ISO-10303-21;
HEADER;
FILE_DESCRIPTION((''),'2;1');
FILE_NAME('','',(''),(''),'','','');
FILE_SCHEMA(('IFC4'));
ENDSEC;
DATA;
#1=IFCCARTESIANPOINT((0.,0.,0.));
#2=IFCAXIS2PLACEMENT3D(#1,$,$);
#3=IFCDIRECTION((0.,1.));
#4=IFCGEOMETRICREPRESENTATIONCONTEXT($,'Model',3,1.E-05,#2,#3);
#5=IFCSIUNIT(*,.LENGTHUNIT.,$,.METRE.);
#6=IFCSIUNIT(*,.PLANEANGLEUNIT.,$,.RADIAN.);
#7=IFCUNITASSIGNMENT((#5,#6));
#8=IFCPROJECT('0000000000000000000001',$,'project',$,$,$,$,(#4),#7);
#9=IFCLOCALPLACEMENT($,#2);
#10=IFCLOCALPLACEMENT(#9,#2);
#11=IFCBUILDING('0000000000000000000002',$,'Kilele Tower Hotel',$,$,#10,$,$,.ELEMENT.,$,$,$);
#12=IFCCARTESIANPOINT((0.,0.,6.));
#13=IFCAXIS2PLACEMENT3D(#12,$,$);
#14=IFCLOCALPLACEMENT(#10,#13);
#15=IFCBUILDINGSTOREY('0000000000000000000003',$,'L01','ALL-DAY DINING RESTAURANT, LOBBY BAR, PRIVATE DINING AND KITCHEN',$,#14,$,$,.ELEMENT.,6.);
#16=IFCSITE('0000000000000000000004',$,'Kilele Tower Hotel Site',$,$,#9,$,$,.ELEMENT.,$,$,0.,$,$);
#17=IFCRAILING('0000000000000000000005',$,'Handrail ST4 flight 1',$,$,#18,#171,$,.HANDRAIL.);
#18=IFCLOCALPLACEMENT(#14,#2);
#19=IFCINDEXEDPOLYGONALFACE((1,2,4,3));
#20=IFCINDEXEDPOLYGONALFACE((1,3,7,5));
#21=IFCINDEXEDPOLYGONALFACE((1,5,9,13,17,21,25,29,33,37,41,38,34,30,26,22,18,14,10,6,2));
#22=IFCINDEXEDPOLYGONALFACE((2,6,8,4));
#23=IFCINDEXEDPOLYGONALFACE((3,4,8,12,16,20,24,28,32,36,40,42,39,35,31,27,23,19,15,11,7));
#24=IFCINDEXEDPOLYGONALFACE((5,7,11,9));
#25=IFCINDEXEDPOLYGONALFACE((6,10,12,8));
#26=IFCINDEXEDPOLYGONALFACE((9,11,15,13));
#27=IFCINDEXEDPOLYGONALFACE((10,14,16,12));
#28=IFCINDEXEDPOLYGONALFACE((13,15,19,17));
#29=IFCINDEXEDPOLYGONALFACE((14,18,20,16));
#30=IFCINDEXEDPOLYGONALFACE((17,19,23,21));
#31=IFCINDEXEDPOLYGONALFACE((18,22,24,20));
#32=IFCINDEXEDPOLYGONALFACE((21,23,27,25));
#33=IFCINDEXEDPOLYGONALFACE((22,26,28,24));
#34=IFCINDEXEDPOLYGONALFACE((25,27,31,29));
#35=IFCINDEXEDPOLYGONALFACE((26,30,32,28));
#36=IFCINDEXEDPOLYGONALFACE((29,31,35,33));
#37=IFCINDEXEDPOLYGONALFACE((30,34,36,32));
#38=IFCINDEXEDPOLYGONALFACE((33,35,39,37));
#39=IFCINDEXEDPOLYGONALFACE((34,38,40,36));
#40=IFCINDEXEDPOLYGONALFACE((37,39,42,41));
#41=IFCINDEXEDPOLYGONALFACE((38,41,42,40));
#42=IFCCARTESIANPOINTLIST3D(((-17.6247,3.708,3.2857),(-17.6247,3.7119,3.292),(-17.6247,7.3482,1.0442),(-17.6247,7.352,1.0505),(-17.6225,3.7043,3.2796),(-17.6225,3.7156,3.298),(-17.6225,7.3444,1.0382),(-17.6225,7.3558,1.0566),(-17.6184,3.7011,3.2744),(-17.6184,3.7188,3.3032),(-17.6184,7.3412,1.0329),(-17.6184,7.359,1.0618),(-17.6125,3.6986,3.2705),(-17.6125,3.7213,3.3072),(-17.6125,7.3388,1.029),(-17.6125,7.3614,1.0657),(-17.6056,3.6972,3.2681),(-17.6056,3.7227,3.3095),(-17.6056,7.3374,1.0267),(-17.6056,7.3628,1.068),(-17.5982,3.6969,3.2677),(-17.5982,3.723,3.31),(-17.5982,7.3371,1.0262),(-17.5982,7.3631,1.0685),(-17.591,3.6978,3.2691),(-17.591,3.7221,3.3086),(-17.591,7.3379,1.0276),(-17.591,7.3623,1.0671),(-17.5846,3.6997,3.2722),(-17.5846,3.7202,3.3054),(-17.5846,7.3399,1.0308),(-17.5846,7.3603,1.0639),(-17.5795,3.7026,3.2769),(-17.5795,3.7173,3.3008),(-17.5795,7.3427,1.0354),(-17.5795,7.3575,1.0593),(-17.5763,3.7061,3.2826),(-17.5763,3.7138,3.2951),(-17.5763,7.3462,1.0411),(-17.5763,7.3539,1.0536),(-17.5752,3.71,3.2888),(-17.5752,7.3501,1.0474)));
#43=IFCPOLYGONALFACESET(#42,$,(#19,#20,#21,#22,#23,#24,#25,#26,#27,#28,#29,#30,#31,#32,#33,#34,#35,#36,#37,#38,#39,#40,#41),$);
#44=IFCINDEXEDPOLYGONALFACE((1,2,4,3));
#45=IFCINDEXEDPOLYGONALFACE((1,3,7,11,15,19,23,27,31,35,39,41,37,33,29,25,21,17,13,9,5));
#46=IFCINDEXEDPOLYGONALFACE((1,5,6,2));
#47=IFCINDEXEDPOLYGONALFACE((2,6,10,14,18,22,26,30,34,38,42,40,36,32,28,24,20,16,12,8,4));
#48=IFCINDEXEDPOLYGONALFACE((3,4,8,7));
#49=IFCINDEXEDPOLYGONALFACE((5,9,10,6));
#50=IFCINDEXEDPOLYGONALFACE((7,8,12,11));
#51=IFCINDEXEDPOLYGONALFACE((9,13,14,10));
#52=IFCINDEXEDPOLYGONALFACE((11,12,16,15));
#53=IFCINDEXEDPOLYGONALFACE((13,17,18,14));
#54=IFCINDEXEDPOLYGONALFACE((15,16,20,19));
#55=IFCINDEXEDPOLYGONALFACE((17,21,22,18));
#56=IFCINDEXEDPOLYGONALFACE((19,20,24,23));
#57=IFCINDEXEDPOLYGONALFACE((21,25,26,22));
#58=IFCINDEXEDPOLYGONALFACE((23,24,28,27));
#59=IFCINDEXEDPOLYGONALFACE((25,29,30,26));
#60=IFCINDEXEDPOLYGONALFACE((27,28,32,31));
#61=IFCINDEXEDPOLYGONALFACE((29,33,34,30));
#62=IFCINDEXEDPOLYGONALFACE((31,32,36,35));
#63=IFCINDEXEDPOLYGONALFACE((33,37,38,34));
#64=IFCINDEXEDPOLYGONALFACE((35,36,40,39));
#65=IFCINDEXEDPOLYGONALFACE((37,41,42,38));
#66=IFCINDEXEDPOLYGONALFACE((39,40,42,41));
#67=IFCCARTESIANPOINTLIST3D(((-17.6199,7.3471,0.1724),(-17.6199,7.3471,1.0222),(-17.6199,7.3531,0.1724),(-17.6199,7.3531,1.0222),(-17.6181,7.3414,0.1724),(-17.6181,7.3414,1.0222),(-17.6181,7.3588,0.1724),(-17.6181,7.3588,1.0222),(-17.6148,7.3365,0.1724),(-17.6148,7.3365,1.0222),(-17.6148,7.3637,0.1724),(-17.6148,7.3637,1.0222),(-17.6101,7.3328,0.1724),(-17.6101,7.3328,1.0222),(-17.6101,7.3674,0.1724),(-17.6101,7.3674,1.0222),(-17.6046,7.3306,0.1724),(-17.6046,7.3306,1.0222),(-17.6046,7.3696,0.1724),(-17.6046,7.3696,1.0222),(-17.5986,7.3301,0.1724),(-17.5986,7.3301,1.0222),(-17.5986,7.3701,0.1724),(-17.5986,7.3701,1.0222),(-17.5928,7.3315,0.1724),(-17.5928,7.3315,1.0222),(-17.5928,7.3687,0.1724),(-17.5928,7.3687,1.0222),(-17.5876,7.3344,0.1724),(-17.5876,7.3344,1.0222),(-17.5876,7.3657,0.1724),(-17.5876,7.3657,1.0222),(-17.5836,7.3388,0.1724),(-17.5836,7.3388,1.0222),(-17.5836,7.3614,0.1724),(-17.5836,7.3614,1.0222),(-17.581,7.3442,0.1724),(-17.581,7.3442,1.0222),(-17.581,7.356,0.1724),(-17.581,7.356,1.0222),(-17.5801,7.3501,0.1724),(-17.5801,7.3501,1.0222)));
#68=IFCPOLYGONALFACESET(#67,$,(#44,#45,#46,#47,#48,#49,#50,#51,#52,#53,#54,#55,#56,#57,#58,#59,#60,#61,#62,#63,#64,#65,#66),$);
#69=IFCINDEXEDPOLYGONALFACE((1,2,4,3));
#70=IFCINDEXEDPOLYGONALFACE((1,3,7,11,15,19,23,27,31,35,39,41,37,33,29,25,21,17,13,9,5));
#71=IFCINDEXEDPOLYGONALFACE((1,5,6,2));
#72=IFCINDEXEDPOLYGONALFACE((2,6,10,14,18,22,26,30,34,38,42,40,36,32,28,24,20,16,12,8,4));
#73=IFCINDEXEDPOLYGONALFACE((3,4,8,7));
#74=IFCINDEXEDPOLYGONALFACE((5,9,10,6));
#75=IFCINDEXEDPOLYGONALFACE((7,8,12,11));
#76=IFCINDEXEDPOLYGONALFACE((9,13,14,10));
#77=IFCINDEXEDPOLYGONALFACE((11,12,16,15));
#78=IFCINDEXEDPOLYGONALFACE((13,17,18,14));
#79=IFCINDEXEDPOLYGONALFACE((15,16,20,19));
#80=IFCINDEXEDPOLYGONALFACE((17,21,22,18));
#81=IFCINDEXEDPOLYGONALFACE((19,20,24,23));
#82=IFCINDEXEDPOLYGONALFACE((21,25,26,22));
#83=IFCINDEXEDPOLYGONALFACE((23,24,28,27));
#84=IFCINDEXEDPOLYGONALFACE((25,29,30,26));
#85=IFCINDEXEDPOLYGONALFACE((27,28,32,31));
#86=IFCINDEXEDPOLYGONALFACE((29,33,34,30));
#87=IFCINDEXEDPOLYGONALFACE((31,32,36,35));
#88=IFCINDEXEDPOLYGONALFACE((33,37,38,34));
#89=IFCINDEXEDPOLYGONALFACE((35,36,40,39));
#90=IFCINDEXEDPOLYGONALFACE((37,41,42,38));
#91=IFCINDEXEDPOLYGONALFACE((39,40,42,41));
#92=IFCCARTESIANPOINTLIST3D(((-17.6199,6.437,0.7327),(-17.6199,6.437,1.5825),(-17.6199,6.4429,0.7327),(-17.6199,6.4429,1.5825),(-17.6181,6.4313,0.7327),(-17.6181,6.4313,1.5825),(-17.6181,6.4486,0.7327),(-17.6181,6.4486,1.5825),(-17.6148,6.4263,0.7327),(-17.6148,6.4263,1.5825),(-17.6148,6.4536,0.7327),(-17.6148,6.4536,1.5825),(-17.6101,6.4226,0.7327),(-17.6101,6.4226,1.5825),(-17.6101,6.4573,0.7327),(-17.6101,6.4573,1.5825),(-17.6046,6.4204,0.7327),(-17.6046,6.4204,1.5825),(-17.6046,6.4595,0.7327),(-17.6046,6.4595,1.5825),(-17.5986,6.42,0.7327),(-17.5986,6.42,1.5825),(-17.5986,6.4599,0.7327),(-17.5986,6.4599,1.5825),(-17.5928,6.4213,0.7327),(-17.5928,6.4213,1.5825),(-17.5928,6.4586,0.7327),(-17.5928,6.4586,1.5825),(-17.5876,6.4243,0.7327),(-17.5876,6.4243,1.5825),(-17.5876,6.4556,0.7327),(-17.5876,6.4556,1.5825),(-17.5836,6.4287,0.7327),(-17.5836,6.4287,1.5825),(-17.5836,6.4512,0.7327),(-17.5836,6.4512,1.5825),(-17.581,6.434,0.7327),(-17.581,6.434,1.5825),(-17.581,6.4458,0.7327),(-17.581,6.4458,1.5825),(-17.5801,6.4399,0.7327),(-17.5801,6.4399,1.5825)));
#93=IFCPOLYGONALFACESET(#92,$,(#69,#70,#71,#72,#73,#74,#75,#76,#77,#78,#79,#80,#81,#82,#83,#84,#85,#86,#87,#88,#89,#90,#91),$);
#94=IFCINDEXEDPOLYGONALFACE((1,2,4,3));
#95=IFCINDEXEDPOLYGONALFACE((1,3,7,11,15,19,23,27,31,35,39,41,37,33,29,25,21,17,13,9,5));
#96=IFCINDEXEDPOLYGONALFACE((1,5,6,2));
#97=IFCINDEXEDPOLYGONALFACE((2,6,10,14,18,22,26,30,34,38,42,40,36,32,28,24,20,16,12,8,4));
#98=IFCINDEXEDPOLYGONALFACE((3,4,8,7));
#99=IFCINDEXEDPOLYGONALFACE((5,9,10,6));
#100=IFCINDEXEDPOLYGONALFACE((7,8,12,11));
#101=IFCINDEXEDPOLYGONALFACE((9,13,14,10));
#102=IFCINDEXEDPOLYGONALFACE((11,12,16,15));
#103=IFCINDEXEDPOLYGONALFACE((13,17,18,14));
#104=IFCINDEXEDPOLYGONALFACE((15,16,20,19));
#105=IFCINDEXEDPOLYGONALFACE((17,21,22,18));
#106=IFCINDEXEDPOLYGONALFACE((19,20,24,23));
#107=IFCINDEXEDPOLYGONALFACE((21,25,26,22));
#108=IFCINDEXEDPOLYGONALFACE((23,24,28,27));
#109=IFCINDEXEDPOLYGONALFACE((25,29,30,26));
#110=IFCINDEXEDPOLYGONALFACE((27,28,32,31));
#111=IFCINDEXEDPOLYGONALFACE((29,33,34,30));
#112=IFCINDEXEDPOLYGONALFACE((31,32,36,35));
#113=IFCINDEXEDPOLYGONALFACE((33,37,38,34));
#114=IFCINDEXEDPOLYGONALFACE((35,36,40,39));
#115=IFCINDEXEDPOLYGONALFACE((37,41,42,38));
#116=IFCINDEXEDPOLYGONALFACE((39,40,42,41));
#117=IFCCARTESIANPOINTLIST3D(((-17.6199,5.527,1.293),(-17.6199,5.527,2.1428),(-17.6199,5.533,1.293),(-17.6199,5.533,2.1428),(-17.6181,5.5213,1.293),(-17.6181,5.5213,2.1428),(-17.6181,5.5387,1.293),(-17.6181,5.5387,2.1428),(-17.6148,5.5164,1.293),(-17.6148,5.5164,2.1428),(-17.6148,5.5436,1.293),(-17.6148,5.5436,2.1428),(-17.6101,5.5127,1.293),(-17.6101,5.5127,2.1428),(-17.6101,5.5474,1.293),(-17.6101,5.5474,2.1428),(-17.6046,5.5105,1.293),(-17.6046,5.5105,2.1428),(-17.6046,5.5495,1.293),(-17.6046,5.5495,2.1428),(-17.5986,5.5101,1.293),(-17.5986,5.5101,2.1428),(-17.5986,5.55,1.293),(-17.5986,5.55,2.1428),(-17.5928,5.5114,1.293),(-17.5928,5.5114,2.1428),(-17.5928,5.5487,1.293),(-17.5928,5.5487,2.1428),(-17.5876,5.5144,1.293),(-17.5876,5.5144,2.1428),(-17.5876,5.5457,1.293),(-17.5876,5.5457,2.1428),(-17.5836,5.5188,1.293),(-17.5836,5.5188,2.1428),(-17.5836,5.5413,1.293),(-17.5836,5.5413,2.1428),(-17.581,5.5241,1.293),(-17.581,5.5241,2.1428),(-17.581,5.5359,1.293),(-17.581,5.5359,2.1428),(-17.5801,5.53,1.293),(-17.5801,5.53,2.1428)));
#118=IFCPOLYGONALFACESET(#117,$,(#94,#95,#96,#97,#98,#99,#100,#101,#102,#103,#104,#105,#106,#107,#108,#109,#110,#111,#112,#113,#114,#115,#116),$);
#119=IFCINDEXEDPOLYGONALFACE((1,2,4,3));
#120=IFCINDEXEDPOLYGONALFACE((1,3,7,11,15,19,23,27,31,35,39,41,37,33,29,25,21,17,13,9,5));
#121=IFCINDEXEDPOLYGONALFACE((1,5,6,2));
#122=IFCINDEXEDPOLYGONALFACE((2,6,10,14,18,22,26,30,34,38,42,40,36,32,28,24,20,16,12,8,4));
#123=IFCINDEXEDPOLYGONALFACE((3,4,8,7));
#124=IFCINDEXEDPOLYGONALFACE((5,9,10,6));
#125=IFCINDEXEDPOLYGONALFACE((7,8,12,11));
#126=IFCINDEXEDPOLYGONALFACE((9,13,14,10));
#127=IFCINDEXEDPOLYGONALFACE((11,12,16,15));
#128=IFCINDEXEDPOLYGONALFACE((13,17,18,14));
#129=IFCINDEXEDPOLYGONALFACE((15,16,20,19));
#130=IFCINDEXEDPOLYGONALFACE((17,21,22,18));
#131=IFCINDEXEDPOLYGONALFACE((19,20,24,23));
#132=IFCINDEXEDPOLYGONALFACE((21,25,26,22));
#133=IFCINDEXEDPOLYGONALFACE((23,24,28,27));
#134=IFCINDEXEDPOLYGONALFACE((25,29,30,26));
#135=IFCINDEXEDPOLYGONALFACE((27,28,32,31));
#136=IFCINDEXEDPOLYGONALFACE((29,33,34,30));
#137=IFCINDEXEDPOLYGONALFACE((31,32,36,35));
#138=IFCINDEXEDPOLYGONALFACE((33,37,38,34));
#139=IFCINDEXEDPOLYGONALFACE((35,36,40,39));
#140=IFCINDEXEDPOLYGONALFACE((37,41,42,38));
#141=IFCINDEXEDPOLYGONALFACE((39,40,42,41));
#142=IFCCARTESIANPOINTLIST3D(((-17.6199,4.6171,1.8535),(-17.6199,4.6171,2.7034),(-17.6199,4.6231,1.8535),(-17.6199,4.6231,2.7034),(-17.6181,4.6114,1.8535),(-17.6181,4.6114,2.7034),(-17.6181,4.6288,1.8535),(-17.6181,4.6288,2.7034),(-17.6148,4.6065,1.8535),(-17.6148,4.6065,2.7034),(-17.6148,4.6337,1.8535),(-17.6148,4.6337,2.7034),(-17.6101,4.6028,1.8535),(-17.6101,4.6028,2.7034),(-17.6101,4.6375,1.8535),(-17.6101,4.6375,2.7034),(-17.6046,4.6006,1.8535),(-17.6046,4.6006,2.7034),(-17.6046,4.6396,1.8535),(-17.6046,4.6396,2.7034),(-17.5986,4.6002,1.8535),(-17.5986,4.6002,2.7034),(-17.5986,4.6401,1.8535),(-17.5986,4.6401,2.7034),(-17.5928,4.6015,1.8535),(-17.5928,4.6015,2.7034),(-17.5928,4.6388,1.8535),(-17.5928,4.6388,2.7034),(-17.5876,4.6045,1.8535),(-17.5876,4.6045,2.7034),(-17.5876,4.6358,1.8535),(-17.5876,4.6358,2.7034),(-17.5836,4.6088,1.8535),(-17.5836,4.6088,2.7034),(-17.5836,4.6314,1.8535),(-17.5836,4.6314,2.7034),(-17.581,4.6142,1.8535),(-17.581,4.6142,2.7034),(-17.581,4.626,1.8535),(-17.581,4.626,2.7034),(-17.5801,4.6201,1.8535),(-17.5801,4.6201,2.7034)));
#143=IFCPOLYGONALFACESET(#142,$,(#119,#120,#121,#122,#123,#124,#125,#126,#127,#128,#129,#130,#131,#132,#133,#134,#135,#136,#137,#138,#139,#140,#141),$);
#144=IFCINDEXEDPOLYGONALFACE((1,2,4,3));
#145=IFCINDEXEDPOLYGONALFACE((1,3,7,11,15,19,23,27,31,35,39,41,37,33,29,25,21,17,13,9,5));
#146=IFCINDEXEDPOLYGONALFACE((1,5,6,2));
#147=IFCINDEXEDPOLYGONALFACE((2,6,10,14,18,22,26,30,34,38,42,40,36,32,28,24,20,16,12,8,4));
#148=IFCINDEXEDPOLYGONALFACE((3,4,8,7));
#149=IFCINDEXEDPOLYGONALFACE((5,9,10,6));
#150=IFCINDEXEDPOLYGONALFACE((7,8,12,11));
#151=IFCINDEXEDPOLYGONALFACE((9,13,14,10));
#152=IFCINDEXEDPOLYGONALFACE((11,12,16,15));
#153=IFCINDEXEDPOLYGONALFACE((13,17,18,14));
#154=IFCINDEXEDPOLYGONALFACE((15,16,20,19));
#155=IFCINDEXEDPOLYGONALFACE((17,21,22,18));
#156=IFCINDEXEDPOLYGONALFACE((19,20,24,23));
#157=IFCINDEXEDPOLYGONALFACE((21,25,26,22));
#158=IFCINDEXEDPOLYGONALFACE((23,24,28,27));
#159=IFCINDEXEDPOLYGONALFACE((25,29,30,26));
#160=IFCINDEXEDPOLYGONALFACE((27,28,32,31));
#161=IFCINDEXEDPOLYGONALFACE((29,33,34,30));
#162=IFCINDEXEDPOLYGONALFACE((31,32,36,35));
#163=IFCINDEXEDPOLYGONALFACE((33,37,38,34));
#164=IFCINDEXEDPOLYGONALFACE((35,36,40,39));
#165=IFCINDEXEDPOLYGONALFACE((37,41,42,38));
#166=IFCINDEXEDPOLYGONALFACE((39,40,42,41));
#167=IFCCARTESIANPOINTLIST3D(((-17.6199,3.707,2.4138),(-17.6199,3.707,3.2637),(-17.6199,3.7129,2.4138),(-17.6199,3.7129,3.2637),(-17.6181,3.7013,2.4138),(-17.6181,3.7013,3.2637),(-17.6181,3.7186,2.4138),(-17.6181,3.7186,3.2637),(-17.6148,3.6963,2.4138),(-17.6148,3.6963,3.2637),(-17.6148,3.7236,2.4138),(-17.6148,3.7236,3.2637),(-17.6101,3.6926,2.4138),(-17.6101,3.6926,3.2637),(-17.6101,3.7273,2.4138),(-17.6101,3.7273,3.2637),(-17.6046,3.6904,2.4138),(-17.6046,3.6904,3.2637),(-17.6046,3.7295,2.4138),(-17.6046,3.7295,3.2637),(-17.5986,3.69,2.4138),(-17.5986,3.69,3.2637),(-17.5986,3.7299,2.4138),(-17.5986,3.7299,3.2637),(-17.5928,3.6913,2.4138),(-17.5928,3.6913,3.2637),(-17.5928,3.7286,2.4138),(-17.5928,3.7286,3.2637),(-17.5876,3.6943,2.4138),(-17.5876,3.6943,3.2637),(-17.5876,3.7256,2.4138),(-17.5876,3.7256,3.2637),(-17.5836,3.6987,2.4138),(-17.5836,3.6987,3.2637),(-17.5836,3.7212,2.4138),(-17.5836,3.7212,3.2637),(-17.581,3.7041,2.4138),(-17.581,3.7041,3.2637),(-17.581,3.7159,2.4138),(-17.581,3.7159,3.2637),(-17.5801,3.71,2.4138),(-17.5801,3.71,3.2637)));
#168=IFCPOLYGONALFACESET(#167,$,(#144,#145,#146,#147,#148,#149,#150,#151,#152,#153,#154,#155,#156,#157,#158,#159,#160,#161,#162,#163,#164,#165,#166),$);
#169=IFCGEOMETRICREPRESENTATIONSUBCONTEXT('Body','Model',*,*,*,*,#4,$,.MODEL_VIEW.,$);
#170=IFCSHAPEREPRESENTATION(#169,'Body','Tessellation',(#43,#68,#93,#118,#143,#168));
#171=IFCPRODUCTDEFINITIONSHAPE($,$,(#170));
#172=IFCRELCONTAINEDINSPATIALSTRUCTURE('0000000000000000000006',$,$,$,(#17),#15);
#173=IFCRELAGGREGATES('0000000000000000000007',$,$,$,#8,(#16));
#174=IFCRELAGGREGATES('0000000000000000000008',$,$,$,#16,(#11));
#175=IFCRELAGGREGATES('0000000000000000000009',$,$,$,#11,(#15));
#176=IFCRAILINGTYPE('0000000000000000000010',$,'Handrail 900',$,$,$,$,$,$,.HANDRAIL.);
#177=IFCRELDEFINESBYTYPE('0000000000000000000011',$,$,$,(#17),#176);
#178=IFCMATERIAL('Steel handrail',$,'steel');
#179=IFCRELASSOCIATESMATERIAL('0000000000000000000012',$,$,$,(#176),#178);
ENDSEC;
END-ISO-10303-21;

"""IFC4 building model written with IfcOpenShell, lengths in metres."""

from ifc_helpers import new_model, si_unit, direction, frame, origin, origin_2d, place, context, subcontext, project, spatial, circle, extrude, material, type_object, element, save


model = new_model("IFC4")

# Units and contexts
model_context = context("Model", 3, precision=1e-05, world=origin(), true_north=direction((0.0, 1.0)))
body_context = subcontext(model_context, "Body", "Model", "MODEL_VIEW")
ifc_project = project(units=[si_unit("LENGTHUNIT", "METRE"), si_unit("PLANEANGLEUNIT", "RADIAN")], contexts=[model_context])

# Site, building, storey
site_placement = place(None, origin())
site = spatial("IfcSite", under=ifc_project, at=site_placement, Name="Kilele Tower Hotel Site", CompositionType="ELEMENT", RefElevation=0.0)
building_placement = place(site_placement, origin())
building = spatial("IfcBuilding", under=site, at=building_placement, Name="Kilele Tower Hotel", CompositionType="ELEMENT")
storey_placement = place(building_placement, frame((0.0, 0.0, 6.0)))
storey = spatial("IfcBuildingStorey", under=building, at=storey_placement, Name="L01", Description="ALL-DAY DINING RESTAURANT, LOBBY BAR, PRIVATE DINING AND KITCHEN", CompositionType="ELEMENT", Elevation=6.0)

# Railing
ifc_material_1 = material(Name="Steel handrail", Category="steel")
railing_type_1 = type_object("IfcRailingType", Name="Handrail 900", PredefinedType="HANDRAIL", material=ifc_material_1)
for number, where, name in (
    (1, (-17.6001, 7.3501, 0.1724), "Handrail ST4 flight 1"),
):
    element("IfcRailing", number, at=place(storey_placement, frame(where)), inside=storey, type_object=railing_type_1, Name=name, PredefinedType="HANDRAIL", context=body_context, shape_type="SweptSolid", body=[
        extrude(circle(Radius=0.0249, at=origin_2d()), frame((0.0, 0.0, 0.875), z_axis=(0.0, -0.851515, 0.52433), x_axis=(1.0, 0.0, 0.0)), (0.0, 0.0, 1.0), 4.2749),
        extrude(circle(Radius=0.02, at=origin_2d()), origin(), (0.0, 0.0, 1.0), 0.8499),
        extrude(circle(Radius=0.02, at=origin_2d()), frame((0.0, -0.9102, 0.5603)), (0.0, 0.0, 1.0), 0.8499),
        extrude(circle(Radius=0.02, at=origin_2d()), frame((0.0, -1.8201, 1.1206)), (0.0, 0.0, 1.0), 0.8499),
        extrude(circle(Radius=0.02, at=origin_2d()), frame((0.0, -2.73, 1.6812)), (0.0, 0.0, 1.0), 0.8499),
        extrude(circle(Radius=0.02, at=origin_2d()), frame((0.0, -3.6401, 2.2415)), (0.0, 0.0, 1.0), 0.8499),
    ])

save(model, "model.ifc")
